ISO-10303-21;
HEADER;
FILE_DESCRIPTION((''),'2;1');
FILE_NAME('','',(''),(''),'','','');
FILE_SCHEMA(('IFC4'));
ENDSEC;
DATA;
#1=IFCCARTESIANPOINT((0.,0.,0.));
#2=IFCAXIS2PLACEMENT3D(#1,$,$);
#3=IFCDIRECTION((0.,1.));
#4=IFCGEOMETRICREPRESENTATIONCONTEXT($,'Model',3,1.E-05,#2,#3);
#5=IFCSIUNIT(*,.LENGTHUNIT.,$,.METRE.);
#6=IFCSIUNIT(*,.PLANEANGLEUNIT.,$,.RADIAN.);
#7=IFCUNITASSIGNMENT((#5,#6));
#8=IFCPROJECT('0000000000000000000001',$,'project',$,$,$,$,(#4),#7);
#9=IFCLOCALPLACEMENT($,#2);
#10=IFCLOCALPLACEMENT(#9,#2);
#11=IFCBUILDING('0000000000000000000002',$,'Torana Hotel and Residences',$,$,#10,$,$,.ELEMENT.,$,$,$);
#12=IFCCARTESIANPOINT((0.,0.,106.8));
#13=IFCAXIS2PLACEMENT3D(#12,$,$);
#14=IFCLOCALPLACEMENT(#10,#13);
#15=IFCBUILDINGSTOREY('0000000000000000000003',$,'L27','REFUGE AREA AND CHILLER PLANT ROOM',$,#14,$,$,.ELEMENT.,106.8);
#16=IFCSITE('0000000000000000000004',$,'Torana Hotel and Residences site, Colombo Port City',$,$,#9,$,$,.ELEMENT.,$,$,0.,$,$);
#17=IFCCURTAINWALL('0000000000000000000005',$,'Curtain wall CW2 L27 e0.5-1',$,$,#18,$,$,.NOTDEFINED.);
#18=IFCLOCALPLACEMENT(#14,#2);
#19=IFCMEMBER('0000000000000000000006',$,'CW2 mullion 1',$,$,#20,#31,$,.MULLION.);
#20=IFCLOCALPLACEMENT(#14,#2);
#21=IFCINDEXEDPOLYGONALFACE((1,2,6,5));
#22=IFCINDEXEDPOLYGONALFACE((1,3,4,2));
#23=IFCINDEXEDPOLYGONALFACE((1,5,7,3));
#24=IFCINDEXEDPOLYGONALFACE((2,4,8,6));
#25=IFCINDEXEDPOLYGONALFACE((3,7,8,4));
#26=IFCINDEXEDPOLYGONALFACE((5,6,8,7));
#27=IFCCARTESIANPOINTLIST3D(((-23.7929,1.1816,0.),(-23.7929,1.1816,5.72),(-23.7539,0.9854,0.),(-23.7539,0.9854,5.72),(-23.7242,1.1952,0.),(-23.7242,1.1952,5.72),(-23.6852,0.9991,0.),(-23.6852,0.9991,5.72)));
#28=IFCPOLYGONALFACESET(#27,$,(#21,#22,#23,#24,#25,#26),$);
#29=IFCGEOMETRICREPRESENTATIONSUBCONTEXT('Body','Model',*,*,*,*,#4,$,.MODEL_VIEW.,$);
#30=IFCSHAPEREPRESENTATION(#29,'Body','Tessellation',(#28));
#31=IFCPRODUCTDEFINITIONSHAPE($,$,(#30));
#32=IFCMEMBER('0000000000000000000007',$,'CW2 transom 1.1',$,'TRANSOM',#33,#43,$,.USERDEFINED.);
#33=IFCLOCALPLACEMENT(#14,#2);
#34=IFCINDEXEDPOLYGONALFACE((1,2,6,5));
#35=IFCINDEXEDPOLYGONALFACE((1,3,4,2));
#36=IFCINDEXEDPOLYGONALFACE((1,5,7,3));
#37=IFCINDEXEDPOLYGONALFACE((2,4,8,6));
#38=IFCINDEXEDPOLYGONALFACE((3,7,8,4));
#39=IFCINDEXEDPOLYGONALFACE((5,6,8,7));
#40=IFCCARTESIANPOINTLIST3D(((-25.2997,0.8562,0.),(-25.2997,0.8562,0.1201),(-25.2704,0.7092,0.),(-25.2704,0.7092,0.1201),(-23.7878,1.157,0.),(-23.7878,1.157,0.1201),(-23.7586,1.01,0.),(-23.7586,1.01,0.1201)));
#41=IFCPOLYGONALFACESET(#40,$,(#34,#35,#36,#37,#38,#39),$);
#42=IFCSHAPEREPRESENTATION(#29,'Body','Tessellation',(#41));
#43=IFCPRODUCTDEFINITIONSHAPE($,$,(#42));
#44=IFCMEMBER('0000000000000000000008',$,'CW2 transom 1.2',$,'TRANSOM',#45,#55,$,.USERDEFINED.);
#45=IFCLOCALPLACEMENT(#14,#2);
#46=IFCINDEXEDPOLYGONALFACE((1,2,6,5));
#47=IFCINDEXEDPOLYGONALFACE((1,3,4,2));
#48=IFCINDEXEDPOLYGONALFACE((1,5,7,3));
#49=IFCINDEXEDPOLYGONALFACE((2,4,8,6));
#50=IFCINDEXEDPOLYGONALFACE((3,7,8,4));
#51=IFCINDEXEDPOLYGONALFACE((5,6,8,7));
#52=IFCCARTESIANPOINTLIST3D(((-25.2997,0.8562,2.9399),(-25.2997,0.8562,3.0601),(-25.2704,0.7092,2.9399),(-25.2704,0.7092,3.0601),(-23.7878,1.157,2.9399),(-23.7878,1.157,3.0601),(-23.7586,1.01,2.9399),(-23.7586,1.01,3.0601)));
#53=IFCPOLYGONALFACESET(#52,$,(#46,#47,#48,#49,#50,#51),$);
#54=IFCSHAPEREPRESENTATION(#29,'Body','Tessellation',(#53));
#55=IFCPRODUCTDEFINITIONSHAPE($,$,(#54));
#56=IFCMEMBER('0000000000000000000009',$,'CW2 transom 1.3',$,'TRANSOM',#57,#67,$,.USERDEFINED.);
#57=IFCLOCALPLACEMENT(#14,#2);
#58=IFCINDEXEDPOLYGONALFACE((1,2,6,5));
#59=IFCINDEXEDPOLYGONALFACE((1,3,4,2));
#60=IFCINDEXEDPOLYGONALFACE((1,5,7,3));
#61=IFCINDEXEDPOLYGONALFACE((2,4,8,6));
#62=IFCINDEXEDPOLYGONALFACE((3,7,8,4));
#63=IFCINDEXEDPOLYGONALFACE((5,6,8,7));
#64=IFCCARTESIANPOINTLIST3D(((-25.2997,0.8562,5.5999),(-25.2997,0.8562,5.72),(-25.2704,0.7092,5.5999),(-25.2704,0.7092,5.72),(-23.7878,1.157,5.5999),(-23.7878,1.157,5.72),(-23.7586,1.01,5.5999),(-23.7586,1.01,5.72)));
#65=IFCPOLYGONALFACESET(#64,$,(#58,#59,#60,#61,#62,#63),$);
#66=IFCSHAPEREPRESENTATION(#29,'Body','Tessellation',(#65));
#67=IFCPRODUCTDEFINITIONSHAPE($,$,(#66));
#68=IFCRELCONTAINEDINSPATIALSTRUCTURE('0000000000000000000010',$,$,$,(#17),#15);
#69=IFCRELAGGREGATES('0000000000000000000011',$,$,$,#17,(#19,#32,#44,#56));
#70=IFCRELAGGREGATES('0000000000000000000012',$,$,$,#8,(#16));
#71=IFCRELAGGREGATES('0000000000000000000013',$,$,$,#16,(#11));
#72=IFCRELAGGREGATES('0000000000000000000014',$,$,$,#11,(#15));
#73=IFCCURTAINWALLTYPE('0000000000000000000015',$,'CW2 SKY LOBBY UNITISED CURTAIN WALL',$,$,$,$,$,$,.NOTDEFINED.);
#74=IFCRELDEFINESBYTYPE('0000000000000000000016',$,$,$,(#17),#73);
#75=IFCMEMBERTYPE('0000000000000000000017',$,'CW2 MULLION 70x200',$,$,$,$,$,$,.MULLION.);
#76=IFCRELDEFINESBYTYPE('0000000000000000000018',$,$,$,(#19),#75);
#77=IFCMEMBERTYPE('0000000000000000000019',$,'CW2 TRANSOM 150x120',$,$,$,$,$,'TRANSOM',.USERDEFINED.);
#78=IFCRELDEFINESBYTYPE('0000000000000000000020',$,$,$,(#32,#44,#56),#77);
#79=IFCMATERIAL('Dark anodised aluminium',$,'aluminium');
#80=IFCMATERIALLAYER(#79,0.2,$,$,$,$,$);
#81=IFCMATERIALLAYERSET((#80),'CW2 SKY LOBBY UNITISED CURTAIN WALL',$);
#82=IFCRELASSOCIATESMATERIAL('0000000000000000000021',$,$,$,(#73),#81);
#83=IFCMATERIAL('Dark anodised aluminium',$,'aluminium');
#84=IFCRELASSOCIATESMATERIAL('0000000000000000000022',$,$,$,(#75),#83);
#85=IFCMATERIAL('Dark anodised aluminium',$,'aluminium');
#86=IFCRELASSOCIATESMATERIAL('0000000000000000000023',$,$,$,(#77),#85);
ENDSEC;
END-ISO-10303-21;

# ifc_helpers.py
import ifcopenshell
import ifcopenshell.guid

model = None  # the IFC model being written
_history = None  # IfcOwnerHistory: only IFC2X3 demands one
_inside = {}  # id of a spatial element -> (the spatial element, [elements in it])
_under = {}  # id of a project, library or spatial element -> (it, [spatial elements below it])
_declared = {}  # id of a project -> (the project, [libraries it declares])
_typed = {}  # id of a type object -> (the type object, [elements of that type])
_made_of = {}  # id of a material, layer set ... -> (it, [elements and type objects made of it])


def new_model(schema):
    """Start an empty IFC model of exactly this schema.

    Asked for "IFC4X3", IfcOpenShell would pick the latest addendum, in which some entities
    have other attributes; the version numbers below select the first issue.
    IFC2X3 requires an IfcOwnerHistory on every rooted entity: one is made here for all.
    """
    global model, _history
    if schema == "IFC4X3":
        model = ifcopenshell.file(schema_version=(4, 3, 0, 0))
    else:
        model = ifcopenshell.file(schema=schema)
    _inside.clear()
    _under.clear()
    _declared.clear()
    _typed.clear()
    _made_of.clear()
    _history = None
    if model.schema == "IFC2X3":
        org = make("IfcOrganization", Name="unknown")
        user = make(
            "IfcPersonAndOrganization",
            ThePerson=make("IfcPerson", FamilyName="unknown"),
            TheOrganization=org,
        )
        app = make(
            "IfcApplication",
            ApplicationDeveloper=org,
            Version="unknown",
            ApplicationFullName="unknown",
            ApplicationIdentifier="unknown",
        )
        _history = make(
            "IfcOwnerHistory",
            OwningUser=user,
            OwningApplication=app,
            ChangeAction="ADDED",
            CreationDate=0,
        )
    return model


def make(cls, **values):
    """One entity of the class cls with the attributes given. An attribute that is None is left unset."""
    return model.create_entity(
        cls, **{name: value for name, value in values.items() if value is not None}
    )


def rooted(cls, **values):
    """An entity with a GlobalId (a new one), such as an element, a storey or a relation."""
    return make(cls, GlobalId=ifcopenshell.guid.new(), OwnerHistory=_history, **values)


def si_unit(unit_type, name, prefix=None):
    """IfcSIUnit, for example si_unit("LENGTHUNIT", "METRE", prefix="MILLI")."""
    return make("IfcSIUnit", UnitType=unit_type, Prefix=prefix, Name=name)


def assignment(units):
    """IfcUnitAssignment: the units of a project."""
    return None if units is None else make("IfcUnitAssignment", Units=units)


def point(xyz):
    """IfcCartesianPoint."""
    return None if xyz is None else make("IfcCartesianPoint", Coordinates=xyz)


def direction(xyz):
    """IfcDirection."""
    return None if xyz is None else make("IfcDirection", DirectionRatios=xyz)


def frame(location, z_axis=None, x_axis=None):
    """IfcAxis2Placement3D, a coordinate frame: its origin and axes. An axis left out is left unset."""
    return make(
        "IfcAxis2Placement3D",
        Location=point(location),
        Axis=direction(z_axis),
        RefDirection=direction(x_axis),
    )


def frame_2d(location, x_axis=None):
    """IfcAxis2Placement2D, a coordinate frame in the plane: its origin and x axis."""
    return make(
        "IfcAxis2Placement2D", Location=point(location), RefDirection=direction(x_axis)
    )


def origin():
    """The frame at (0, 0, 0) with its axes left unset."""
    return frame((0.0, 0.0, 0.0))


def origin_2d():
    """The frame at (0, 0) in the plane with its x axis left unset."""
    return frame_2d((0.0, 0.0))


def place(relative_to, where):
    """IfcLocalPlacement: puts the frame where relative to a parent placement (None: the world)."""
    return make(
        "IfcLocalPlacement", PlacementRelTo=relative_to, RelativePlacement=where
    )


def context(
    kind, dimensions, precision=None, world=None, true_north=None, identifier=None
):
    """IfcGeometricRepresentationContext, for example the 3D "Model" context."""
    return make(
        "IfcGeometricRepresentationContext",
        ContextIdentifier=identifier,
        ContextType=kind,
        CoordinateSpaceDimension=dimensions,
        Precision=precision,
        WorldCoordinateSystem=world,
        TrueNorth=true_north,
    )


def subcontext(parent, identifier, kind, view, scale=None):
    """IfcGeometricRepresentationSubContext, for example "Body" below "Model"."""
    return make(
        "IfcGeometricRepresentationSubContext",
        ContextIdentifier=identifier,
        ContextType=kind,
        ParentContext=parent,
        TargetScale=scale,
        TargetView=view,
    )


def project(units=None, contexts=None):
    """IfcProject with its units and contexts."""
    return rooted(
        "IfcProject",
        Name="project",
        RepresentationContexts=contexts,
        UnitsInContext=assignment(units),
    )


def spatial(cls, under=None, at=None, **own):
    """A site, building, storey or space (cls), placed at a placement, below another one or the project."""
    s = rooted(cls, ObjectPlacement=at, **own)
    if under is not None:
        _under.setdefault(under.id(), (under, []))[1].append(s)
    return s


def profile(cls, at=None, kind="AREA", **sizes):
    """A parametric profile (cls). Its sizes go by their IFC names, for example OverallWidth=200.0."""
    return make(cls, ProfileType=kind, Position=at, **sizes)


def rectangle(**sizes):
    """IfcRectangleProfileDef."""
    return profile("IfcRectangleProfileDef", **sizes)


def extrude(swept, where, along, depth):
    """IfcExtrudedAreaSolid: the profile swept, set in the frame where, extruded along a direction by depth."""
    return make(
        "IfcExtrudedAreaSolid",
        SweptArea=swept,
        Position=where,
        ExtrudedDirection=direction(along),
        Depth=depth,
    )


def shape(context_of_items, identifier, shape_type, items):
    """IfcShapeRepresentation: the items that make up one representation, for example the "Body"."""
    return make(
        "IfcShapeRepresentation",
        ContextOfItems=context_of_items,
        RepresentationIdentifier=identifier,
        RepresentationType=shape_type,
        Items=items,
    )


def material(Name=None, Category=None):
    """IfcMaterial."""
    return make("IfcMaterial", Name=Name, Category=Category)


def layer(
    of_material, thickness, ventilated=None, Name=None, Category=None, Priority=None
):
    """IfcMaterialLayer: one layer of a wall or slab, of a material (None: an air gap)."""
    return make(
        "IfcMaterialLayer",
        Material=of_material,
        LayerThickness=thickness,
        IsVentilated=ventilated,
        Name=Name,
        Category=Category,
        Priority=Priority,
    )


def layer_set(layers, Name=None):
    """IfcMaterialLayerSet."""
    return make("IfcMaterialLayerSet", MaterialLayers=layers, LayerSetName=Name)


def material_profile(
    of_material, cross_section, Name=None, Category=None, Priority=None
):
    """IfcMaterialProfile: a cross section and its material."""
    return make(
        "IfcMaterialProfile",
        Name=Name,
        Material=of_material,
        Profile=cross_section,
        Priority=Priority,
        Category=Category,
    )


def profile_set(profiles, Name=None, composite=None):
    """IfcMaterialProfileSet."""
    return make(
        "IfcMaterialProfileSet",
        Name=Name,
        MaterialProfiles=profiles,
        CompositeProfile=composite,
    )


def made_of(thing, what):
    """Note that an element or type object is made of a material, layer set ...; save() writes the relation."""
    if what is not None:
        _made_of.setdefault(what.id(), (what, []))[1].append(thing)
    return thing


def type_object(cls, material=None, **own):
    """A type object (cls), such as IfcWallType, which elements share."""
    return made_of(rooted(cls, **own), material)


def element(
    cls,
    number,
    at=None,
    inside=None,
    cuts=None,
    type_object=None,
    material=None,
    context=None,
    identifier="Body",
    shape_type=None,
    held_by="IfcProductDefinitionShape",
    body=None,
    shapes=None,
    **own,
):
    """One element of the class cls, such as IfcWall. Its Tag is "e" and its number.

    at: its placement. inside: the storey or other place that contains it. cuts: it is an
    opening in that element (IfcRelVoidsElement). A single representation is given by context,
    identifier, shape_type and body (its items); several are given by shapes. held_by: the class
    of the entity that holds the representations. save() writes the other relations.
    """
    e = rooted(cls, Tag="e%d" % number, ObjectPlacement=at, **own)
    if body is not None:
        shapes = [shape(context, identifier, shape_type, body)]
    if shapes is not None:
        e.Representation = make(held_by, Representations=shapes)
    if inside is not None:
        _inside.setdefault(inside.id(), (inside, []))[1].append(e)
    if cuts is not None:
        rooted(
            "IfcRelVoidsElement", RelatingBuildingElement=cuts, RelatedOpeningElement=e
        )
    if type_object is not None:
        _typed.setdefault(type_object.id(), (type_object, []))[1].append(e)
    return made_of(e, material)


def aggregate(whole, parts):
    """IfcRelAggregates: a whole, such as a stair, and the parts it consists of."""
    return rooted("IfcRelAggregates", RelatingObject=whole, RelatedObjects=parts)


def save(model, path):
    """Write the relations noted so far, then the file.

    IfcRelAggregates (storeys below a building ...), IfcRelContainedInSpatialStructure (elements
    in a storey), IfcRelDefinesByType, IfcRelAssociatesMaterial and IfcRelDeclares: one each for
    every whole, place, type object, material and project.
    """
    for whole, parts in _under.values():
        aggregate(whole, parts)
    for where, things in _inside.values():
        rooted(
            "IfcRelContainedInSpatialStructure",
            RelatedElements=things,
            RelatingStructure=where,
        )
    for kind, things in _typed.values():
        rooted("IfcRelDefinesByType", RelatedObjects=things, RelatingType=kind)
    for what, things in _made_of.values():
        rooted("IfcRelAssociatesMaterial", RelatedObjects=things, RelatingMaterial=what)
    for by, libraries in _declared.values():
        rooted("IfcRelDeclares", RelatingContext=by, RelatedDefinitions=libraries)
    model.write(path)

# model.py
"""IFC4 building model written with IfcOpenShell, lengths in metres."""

from ifc_helpers import new_model, si_unit, direction, frame, origin, origin_2d, place, context, subcontext, project, spatial, rectangle, extrude, material, layer, layer_set, material_profile, profile_set, type_object, element, aggregate, save


model = new_model("IFC4")

# Units and contexts
model_context = context("Model", 3, precision=1e-05, world=origin(), true_north=direction((0.0, 1.0)))
body_context = subcontext(model_context, "Body", "Model", "MODEL_VIEW")
ifc_project = project(units=[si_unit("LENGTHUNIT", "METRE"), si_unit("PLANEANGLEUNIT", "RADIAN")], contexts=[model_context])

# Site, building, storey
site_placement = place(None, origin())
site = spatial("IfcSite", under=ifc_project, at=site_placement, Name="Torana Hotel and Residences site, Colombo Port City", CompositionType="ELEMENT", RefElevation=0.0)
building_placement = place(site_placement, origin())
building = spatial("IfcBuilding", under=site, at=building_placement, Name="Torana Hotel and Residences", CompositionType="ELEMENT")
storey_placement = place(building_placement, frame((0.0, 0.0, 106.8)))
storey = spatial("IfcBuildingStorey", under=building, at=storey_placement, Name="L27", Description="REFUGE AREA AND CHILLER PLANT ROOM", CompositionType="ELEMENT", Elevation=106.8)

# Curtain wall, members
ifc_material_1 = material(Name="Dark anodised aluminium", Category="aluminium")
ifc_layer_1 = layer(ifc_material_1, 0.2)
ifc_layer_set_1 = layer_set([ifc_layer_1], Name="CW2 SKY LOBBY UNITISED CURTAIN WALL")
curtain_wall_type = type_object("IfcCurtainWallType", Name="CW2 SKY LOBBY UNITISED CURTAIN WALL", PredefinedType="NOTDEFINED", material=ifc_layer_set_1)
curtain_wall_placement = place(storey_placement, origin())
curtain_wall = element("IfcCurtainWall", 1, at=curtain_wall_placement, inside=storey, type_object=curtain_wall_type, Name="Curtain wall CW2 L27 e0.5-1", PredefinedType="NOTDEFINED")
ifc_material_2 = material(Name="Dark anodised aluminium", Category="aluminium")
ifc_material_profile_1 = material_profile(ifc_material_2, rectangle(XDim=0.2, YDim=0.0701, at=origin_2d()), Name="CW2 MULLION 70x200")
ifc_profile_set_1 = profile_set([ifc_material_profile_1], Name="Dark anodised aluminium")
member_type_1 = type_object("IfcMemberType", Name="CW2 MULLION 70x200", PredefinedType="MULLION", material=ifc_profile_set_1)
member_1_placement = place(storey_placement, frame((-23.739, 1.0903, 0.0), z_axis=(0.0, 0.0, 1.0), x_axis=(0.195064, -0.980791, 0.0)))
member_1 = element("IfcMember", 2, at=member_1_placement, type_object=member_type_1, Name="CW2 mullion 1", PredefinedType="MULLION", context=body_context, shape_type="SweptSolid", body=[
    extrude(rectangle(XDim=0.2, YDim=0.0701, at=origin_2d()), origin(), (0.0, 0.0, 1.0), 5.72),
])
ifc_material_3 = material(Name="Dark anodised aluminium", Category="aluminium")
ifc_material_profile_2 = material_profile(ifc_material_3, rectangle(XDim=0.1499, YDim=0.1201, at=origin_2d()), Name="CW2 TRANSOM 150x120")
ifc_profile_set_2 = profile_set([ifc_material_profile_2], Name="Dark anodised aluminium")
member_type_2 = type_object("IfcMemberType", Name="CW2 TRANSOM 150x120", ElementType="TRANSOM", PredefinedType="USERDEFINED", material=ifc_profile_set_2)
member_2_placement = place(storey_placement, frame((-23.7732, 1.0835, 0.0601), z_axis=(-0.980781, -0.195111, 0.0), x_axis=(0.195111, -0.980781, 0.0)))
member_2 = element("IfcMember", 3, at=member_2_placement, type_object=member_type_2, Name="CW2 transom 1.1", ObjectType="TRANSOM", PredefinedType="USERDEFINED", context=body_context, shape_type="SweptSolid", body=[
    extrude(rectangle(XDim=0.1499, YDim=0.1201, at=origin_2d()), origin(), (0.0, 0.0, 1.0), 1.5415),
])
member_3_placement = place(storey_placement, frame((-23.7732, 1.0835, 3.0), z_axis=(-0.980781, -0.195111, 0.0), x_axis=(0.195111, -0.980781, 0.0)))
member_3 = element("IfcMember", 4, at=member_3_placement, type_object=member_type_2, Name="CW2 transom 1.2", ObjectType="TRANSOM", PredefinedType="USERDEFINED", context=body_context, shape_type="SweptSolid", body=[
    extrude(rectangle(XDim=0.1499, YDim=0.1201, at=origin_2d()), origin(), (0.0, 0.0, 1.0), 1.5415),
])
member_4_placement = place(storey_placement, frame((-23.7732, 1.0835, 5.6599), z_axis=(-0.980781, -0.195111, 0.0), x_axis=(0.195111, -0.980781, 0.0)))
member_4 = element("IfcMember", 5, at=member_4_placement, type_object=member_type_2, Name="CW2 transom 1.3", ObjectType="TRANSOM", PredefinedType="USERDEFINED", context=body_context, shape_type="SweptSolid", body=[
    extrude(rectangle(XDim=0.1499, YDim=0.1201, at=origin_2d()), origin(), (0.0, 0.0, 1.0), 1.5415),
])
aggregate(curtain_wall, [member_1, member_2, member_3, member_4])

save(model, "model.ifc")
